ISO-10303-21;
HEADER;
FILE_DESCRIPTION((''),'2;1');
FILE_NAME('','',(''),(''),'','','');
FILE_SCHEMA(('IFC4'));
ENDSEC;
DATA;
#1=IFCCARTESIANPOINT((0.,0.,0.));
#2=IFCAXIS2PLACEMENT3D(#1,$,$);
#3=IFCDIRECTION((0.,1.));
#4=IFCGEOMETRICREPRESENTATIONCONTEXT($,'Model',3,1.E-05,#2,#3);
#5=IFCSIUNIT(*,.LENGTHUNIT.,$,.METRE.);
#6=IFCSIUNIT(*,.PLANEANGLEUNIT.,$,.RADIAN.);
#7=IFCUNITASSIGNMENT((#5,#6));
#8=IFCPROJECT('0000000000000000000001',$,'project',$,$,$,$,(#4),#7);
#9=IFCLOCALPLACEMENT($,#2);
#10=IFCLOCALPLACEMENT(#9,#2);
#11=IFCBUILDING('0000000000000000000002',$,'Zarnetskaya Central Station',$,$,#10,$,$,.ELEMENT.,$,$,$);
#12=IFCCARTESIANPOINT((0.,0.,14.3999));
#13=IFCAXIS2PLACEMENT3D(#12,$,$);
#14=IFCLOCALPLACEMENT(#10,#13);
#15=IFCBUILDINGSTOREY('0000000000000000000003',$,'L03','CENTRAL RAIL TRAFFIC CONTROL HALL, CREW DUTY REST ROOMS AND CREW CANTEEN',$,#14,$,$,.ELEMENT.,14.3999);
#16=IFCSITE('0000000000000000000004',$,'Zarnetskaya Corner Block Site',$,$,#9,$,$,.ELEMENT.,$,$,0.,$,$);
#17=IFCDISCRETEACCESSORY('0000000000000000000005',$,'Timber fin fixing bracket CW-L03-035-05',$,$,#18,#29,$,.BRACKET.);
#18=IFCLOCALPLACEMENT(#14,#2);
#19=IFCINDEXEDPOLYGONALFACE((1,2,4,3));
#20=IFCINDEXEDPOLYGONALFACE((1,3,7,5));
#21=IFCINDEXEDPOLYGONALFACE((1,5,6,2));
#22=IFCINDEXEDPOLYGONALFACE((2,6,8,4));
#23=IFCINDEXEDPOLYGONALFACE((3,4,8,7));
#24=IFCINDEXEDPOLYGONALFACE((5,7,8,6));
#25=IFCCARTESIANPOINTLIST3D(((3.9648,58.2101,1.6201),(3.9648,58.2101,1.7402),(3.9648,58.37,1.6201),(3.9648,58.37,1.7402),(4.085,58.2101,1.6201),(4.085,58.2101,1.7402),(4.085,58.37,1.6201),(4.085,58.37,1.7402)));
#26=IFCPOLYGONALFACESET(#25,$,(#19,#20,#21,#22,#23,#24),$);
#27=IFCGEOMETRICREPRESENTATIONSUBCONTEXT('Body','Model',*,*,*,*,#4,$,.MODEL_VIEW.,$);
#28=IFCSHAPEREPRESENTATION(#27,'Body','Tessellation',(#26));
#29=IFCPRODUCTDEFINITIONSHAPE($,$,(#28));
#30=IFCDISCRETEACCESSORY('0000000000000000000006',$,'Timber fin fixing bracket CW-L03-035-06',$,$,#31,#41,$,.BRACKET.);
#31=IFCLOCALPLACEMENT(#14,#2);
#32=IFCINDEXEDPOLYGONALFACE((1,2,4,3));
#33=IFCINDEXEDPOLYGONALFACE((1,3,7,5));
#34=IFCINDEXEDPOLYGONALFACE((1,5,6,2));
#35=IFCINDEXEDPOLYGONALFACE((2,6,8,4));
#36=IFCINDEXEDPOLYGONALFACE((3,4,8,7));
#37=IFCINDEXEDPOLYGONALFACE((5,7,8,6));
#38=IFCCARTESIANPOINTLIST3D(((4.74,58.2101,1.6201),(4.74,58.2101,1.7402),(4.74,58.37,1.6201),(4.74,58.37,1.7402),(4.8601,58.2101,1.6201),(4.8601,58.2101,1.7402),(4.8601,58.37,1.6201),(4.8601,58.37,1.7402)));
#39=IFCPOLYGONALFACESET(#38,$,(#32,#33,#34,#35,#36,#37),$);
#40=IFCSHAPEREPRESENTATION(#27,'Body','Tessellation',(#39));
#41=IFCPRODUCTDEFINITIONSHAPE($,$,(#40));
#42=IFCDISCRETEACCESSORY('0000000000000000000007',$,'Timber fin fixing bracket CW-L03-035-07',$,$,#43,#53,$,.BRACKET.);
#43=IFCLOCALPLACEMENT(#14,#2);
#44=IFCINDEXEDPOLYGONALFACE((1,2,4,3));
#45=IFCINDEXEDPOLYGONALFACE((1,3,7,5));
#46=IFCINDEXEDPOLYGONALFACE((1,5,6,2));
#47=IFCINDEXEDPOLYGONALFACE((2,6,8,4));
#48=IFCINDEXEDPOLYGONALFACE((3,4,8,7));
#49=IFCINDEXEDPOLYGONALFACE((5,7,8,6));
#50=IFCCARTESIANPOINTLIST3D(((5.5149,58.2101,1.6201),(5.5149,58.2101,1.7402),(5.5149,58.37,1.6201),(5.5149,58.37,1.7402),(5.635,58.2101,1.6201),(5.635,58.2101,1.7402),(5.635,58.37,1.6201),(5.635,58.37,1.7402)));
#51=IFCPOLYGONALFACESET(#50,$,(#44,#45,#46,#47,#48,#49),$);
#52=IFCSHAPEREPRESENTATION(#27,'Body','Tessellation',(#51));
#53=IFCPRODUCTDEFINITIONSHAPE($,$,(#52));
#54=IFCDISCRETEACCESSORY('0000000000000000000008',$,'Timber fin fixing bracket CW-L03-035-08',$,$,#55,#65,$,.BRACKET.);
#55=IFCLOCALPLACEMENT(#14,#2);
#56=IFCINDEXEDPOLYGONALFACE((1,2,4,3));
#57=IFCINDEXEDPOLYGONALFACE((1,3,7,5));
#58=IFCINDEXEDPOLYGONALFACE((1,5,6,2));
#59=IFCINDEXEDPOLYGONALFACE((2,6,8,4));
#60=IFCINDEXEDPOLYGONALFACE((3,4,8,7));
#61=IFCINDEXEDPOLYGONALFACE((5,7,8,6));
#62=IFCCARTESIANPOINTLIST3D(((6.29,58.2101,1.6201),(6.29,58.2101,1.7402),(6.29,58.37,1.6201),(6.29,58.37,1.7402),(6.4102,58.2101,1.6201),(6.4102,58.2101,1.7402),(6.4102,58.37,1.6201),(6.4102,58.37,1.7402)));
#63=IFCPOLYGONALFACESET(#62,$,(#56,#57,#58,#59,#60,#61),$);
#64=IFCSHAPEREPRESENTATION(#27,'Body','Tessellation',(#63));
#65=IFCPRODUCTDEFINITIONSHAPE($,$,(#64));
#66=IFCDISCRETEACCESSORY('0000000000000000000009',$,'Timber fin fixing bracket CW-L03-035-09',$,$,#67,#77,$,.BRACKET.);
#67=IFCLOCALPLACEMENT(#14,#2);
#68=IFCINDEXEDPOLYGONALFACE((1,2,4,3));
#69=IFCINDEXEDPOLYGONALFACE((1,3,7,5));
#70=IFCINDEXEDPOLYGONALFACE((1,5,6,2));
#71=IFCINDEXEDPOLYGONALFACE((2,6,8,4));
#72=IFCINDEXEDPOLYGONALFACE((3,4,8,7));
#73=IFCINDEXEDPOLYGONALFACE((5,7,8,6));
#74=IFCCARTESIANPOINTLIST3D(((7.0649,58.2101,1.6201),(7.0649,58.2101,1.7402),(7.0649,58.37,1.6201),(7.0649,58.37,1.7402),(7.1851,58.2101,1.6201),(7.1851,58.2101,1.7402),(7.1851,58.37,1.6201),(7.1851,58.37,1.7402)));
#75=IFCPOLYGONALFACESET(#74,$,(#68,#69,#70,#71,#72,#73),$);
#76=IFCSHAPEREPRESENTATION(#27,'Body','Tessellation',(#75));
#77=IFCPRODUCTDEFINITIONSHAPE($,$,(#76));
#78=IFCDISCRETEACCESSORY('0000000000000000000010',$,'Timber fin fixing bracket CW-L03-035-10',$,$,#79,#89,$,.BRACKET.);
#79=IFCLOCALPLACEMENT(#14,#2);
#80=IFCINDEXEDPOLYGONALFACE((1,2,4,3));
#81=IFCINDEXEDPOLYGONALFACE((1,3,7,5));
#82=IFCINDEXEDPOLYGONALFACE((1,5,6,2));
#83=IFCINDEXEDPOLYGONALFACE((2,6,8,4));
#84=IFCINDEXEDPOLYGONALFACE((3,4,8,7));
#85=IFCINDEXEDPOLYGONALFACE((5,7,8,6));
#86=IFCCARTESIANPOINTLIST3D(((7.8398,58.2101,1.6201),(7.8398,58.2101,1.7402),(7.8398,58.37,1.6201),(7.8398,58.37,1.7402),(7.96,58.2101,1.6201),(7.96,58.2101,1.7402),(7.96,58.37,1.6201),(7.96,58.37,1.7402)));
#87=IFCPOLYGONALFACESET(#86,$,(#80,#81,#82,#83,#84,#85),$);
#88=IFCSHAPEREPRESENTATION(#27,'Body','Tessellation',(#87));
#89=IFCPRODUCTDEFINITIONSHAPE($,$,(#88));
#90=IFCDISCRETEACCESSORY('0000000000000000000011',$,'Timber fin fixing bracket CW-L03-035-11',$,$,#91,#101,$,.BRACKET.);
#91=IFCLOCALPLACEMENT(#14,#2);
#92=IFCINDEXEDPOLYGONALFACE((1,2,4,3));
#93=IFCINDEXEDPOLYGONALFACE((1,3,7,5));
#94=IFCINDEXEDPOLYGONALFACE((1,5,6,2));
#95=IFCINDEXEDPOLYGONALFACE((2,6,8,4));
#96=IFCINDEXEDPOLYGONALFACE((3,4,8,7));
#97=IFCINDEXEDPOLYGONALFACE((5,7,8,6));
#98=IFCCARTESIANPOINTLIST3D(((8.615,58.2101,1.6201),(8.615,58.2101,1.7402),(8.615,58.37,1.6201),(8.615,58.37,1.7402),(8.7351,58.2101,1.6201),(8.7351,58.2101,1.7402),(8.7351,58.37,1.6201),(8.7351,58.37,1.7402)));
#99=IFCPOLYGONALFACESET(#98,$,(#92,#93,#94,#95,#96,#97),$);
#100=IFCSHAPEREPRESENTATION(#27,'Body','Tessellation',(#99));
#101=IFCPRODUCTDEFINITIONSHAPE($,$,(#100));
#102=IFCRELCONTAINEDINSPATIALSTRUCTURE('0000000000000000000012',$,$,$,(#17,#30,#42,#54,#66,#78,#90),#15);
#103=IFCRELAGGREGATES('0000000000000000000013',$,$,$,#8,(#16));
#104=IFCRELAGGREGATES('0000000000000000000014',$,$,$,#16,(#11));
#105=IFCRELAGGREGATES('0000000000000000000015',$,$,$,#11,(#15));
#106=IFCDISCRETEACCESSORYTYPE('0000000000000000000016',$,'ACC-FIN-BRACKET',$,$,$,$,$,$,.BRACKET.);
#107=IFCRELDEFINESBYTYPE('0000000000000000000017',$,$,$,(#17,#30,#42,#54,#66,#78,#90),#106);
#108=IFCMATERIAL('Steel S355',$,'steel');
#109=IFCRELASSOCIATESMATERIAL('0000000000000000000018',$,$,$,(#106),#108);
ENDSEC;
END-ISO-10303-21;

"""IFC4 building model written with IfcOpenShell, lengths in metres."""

from ifc_helpers import new_model, si_unit, direction, frame, origin, origin_2d, place, context, subcontext, project, spatial, rectangle, extrude, material, type_object, element, save


model = new_model("IFC4")

# Units and contexts
model_context = context("Model", 3, precision=1e-05, world=origin(), true_north=direction((0.0, 1.0)))
body_context = subcontext(model_context, "Body", "Model", "MODEL_VIEW")
ifc_project = project(units=[si_unit("LENGTHUNIT", "METRE"), si_unit("PLANEANGLEUNIT", "RADIAN")], contexts=[model_context])

# Site, building, storey
site_placement = place(None, origin())
site = spatial("IfcSite", under=ifc_project, at=site_placement, Name="Zarnetskaya Corner Block Site", CompositionType="ELEMENT", RefElevation=0.0)
building_placement = place(site_placement, origin())
building = spatial("IfcBuilding", under=site, at=building_placement, Name="Zarnetskaya Central Station", CompositionType="ELEMENT")
storey_placement = place(building_placement, frame((0.0, 0.0, 14.3999)))
storey = spatial("IfcBuildingStorey", under=building, at=storey_placement, Name="L03", Description="CENTRAL RAIL TRAFFIC CONTROL HALL, CREW DUTY REST ROOMS AND CREW CANTEEN", CompositionType="ELEMENT", Elevation=14.3999)

# Shared definitions
ifc_material_1 = material(Name="Steel S355", Category="steel")

# Discrete accessories
discrete_accessory_type = type_object("IfcDiscreteAccessoryType", Name="ACC-FIN-BRACKET", PredefinedType="BRACKET", material=ifc_material_1)
for number, where, z_axis, x_axis, name in (
    (1, (4.0249, 58.29, 1.6201), (0.0, 0.0, 1.0), (1.0, 0.0, 0.0), "Timber fin fixing bracket CW-L03-035-05"),
    (2, (4.8, 58.29, 1.6201), (0.0, 0.0, 1.0), (1.0, 0.0, 0.0), "Timber fin fixing bracket CW-L03-035-06"),
    (3, (5.575, 58.29, 1.6201), (0.0, 0.0, 1.0), (1.0, 0.0, 0.0), "Timber fin fixing bracket CW-L03-035-07"),
    (4, (6.3501, 58.29, 1.6201), (0.0, 0.0, 1.0), (1.0, 0.0, 0.0), "Timber fin fixing bracket CW-L03-035-08"),
    (5, (7.125, 58.29, 1.6201), (0.0, 0.0, 1.0), (1.0, 0.0, 0.0), "Timber fin fixing bracket CW-L03-035-09"),
    (6, (7.8999, 58.29, 1.6201), (0.0, 0.0, 1.0), (1.0, 0.0, 0.0), "Timber fin fixing bracket CW-L03-035-10"),
    (7, (8.675, 58.29, 1.6201), (0.0, 0.0, 1.0), (1.0, 0.0, 0.0), "Timber fin fixing bracket CW-L03-035-11"),
):
    element("IfcDiscreteAccessory", number, at=place(storey_placement, frame(where, z_axis=z_axis, x_axis=x_axis)), inside=storey, type_object=discrete_accessory_type, Name=name, PredefinedType="BRACKET", context=body_context, shape_type="SweptSolid", body=[
        extrude(rectangle(XDim=0.1201, YDim=0.1599, at=origin_2d()), origin(), (0.0, 0.0, 1.0), 0.1201),
    ])

save(model, "model.ifc")
